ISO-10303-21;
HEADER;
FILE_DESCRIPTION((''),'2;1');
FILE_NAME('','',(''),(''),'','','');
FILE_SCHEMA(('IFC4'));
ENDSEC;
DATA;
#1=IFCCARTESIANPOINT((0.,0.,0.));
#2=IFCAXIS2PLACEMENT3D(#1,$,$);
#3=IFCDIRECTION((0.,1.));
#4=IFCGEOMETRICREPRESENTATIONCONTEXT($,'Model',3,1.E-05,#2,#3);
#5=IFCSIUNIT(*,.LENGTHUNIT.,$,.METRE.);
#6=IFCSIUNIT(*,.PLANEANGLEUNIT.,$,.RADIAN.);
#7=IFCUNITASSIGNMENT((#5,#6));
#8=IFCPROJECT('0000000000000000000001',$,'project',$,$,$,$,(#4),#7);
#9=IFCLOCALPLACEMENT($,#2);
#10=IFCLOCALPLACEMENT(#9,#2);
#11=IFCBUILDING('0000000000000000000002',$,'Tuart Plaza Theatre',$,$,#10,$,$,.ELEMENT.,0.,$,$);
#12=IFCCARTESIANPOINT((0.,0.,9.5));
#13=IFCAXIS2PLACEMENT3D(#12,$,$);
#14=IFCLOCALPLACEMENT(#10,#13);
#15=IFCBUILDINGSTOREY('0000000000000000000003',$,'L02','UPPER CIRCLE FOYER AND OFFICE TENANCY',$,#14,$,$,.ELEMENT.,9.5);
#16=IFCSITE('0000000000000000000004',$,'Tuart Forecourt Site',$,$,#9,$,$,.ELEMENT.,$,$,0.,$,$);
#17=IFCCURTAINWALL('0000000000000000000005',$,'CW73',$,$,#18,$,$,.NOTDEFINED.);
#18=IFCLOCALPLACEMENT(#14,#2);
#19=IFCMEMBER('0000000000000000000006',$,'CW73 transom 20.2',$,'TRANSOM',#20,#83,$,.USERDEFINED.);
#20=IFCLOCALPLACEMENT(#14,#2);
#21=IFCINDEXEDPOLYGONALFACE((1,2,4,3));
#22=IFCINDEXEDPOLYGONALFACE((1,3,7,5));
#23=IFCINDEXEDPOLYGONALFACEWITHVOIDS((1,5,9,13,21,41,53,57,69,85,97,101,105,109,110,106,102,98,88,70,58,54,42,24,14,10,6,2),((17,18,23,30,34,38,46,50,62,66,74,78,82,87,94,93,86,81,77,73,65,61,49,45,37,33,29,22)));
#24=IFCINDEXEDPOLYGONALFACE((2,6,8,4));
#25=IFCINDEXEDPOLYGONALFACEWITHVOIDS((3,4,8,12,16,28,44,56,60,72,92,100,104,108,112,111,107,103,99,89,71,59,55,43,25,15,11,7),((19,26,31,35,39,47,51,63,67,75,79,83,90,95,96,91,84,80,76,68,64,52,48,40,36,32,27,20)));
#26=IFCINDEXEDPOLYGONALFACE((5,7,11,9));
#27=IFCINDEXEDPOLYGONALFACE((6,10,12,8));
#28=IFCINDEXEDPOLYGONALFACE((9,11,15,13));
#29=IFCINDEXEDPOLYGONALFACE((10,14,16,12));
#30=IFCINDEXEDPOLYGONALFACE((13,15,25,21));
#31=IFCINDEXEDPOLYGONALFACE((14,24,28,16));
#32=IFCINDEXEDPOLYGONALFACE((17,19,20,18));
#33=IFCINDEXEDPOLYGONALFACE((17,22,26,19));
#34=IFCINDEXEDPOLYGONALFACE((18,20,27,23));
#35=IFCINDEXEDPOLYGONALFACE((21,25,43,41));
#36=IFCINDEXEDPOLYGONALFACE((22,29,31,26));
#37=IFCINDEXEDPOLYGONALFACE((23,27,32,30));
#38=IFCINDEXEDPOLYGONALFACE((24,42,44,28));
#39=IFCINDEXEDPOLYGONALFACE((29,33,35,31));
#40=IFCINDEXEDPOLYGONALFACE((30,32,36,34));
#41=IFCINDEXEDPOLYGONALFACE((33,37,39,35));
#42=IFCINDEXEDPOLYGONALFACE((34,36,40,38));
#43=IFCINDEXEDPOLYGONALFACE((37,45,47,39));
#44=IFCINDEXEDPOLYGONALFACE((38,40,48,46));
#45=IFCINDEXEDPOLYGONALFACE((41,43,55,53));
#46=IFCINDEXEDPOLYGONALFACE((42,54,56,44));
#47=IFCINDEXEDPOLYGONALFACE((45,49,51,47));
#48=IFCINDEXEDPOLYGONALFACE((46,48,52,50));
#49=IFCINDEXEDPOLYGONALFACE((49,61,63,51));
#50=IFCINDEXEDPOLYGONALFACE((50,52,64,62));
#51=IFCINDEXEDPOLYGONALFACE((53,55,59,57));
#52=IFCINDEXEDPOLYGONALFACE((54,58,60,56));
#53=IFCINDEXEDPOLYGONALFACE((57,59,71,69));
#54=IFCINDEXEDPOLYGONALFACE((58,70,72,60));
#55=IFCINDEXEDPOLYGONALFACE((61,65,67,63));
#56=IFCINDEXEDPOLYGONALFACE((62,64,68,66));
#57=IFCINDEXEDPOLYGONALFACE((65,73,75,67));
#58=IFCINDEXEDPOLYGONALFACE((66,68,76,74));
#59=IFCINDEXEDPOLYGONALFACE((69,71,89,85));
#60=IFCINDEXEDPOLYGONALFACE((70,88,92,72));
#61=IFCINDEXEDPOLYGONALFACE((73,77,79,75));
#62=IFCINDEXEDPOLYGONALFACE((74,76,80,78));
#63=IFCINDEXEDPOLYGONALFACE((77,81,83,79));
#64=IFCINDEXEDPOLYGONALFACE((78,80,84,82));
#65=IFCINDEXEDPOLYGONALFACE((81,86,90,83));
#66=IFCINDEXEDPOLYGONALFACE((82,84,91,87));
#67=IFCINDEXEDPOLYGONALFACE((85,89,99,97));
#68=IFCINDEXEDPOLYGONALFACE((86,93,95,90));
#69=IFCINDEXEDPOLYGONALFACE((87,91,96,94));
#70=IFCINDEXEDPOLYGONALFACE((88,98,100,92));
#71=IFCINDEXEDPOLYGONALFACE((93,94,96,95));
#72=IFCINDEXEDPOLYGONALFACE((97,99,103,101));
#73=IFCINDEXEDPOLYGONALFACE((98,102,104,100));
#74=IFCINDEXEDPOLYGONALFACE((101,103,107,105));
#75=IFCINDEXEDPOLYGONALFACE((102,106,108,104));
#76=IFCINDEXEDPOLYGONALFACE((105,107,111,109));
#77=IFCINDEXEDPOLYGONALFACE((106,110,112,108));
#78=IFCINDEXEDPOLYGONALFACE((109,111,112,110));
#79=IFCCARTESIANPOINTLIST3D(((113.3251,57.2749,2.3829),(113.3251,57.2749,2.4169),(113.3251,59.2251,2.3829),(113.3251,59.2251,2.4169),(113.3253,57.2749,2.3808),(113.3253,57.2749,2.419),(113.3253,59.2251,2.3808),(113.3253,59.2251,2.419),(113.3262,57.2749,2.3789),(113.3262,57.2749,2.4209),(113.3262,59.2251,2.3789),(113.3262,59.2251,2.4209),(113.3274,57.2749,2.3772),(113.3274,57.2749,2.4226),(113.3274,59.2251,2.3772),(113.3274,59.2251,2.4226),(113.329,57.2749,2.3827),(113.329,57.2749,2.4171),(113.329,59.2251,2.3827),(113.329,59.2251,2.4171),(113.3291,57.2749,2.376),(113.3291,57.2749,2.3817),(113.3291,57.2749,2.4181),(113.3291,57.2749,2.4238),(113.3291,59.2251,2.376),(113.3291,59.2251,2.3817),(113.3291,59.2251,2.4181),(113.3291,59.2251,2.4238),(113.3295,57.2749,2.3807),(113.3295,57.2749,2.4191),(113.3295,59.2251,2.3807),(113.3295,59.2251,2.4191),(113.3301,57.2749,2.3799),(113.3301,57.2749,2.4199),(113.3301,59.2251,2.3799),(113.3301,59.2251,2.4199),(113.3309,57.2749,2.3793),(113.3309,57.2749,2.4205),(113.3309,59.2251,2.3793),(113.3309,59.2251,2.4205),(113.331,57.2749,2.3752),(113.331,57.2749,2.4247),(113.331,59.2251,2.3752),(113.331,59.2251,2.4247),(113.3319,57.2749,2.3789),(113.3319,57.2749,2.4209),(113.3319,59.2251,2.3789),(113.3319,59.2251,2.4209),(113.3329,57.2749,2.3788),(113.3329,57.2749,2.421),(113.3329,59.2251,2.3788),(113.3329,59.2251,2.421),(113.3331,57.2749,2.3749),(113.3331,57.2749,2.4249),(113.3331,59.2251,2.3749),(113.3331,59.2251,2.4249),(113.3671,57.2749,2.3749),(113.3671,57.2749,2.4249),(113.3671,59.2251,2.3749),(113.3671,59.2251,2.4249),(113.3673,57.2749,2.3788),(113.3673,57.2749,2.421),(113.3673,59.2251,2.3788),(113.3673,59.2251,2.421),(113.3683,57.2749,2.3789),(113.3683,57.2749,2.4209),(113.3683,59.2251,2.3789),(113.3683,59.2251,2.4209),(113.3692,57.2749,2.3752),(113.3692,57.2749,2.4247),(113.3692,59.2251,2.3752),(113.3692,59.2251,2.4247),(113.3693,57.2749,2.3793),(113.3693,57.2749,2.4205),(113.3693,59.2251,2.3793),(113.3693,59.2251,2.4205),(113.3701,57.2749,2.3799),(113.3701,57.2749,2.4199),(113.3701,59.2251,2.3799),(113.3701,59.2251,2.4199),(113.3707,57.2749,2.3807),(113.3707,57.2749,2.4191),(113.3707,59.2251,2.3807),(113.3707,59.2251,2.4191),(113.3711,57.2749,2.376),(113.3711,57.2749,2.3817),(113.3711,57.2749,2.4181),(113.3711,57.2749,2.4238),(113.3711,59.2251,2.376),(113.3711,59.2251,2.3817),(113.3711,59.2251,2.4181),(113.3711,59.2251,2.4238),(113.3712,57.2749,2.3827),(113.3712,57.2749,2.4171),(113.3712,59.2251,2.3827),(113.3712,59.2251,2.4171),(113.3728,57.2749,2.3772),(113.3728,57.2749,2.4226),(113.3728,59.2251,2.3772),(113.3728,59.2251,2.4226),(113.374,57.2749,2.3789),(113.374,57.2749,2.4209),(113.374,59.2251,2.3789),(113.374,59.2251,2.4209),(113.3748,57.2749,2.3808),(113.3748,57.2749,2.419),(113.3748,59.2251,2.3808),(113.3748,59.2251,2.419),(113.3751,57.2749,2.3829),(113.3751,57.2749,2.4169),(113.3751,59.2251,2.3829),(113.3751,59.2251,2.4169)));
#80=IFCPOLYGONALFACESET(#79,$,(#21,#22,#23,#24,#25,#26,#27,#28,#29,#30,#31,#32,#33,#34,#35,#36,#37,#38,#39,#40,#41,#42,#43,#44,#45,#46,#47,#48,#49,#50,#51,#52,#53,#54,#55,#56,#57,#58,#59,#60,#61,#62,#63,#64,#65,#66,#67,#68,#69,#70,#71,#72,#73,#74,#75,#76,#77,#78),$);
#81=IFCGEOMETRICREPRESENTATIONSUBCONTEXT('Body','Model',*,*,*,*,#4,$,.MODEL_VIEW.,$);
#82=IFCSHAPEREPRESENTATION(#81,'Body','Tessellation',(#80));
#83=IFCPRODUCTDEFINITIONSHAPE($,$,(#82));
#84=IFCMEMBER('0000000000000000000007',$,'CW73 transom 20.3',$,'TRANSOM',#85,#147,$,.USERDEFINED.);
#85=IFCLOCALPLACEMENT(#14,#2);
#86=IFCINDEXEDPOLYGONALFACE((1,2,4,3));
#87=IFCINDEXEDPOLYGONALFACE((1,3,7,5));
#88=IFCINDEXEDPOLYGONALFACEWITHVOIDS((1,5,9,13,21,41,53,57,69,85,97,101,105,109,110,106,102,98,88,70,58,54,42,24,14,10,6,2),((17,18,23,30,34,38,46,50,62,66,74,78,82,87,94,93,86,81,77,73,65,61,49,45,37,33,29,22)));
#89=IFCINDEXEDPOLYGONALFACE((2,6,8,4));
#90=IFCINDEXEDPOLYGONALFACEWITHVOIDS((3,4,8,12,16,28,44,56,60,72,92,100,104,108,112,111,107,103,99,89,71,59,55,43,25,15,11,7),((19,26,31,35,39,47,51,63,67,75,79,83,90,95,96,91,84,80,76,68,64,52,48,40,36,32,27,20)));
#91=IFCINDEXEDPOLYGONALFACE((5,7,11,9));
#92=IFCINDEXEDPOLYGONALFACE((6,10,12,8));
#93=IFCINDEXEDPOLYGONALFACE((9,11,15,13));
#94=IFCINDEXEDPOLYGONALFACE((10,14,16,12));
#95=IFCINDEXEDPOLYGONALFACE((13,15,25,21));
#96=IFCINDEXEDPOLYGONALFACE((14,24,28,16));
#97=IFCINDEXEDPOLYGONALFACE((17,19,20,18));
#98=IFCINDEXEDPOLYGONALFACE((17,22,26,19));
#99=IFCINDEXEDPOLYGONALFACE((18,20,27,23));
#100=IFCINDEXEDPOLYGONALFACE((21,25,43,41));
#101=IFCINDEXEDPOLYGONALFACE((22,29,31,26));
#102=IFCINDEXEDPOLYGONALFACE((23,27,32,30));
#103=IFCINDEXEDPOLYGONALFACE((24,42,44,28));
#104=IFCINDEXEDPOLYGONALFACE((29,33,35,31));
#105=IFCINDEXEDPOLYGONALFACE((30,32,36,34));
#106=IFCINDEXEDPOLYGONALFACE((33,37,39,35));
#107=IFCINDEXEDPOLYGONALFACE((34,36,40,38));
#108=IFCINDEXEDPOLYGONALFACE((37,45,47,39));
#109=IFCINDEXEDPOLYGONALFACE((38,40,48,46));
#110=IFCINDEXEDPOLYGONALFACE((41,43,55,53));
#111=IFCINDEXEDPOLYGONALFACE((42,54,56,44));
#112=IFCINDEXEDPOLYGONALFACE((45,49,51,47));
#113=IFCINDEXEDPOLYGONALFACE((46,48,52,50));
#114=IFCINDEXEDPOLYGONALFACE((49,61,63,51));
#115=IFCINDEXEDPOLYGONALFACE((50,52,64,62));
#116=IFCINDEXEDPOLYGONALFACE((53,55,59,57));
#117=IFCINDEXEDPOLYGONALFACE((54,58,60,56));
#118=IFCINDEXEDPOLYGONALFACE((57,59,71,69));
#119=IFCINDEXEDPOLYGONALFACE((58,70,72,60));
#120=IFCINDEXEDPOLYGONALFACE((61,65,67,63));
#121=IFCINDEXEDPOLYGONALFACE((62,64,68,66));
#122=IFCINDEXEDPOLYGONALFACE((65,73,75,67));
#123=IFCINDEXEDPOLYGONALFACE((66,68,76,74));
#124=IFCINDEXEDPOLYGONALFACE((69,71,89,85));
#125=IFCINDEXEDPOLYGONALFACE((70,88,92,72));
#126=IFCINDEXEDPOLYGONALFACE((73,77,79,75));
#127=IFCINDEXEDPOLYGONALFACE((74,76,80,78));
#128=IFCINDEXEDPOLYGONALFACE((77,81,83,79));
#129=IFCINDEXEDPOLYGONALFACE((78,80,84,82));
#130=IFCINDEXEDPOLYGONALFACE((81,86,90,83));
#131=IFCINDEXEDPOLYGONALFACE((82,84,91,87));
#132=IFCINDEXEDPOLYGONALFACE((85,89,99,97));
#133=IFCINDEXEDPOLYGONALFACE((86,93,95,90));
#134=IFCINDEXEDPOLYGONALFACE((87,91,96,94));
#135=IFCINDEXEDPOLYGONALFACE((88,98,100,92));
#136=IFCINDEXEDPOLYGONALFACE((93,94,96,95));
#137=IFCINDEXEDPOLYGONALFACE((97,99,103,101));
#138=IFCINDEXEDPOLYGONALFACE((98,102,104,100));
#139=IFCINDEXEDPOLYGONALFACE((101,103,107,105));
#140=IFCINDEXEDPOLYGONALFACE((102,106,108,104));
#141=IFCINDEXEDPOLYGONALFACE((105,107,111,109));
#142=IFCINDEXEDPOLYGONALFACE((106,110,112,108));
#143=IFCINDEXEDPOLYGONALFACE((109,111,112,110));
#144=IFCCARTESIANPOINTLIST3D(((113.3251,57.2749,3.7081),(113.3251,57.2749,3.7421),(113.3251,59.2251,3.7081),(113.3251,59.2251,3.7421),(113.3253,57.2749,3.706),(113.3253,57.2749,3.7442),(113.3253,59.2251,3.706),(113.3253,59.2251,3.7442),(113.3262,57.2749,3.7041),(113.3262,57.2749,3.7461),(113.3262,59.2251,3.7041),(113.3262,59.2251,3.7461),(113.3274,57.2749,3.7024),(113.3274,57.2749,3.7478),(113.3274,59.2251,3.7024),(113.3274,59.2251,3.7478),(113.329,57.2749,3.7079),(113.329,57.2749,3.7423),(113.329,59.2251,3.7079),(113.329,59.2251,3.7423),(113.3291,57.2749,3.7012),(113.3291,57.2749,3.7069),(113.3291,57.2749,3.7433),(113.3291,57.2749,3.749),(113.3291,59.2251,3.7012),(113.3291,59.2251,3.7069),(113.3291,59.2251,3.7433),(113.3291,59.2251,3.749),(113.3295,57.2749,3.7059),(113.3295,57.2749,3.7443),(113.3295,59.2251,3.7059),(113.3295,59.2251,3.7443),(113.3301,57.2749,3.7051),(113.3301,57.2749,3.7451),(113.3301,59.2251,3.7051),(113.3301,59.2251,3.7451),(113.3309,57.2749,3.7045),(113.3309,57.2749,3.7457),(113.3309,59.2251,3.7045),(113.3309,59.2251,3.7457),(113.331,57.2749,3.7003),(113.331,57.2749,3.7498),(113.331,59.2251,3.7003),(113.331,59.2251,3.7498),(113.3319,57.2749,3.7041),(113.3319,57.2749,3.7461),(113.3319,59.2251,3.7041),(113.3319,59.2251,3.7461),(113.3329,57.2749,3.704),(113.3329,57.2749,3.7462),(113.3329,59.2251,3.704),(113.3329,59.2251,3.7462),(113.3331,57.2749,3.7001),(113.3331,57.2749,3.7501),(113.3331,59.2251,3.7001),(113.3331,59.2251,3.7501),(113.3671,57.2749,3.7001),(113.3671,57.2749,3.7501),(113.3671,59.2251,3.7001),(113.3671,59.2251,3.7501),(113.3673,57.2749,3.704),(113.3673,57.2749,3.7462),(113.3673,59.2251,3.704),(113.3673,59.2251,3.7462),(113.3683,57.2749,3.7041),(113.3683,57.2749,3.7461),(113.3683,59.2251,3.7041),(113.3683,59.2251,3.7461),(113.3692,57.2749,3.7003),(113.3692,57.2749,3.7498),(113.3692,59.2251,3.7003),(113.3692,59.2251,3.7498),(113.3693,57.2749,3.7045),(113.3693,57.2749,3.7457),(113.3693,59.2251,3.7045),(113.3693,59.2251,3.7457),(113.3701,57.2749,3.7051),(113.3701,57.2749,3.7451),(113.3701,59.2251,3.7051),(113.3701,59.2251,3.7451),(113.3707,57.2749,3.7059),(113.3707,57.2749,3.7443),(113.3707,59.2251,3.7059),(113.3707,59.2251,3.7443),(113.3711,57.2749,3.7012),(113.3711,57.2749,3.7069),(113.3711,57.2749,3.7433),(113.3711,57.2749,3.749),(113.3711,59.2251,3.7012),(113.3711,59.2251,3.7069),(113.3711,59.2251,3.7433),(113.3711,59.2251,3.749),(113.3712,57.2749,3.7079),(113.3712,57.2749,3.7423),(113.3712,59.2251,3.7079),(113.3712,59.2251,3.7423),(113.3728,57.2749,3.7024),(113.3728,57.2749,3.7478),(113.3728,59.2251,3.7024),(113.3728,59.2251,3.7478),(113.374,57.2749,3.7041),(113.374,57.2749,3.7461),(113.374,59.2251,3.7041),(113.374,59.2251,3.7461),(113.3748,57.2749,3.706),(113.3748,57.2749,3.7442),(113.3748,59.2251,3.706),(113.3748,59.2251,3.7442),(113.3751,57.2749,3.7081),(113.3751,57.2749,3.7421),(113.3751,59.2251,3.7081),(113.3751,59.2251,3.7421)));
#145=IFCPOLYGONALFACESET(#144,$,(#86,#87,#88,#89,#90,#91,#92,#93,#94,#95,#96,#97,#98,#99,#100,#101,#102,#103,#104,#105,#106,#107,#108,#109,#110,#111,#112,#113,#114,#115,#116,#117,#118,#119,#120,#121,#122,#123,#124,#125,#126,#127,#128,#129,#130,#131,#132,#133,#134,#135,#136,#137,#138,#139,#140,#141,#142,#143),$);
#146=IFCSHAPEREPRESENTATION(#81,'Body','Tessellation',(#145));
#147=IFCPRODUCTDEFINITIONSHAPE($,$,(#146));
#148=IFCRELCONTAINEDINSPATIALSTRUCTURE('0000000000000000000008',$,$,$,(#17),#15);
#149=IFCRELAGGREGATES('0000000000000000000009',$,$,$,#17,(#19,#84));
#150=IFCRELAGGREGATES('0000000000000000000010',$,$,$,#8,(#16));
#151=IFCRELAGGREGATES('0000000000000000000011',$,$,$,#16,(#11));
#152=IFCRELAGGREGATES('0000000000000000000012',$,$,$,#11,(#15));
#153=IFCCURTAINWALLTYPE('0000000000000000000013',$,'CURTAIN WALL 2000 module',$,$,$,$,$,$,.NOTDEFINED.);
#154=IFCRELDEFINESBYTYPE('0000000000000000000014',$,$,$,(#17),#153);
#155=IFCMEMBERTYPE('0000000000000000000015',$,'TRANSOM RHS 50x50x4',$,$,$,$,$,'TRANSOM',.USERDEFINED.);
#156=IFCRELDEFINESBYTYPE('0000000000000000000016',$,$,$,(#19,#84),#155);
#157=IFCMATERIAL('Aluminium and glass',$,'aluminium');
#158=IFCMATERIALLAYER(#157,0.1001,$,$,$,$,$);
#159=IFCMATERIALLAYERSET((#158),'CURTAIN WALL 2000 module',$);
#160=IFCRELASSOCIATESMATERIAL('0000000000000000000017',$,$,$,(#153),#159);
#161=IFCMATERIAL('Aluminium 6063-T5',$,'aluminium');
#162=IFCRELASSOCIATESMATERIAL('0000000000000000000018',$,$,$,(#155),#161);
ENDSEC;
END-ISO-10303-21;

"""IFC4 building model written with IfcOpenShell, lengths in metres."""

from ifc_helpers import new_model, si_unit, direction, frame, origin, origin_2d, place, context, subcontext, project, spatial, hollow_rectangle, extrude, material, layer, layer_set, material_profile, profile_set, type_object, element, aggregate, save


model = new_model("IFC4")

# Units and contexts
model_context = context("Model", 3, precision=1e-05, world=origin(), true_north=direction((0.0, 1.0)))
body_context = subcontext(model_context, "Body", "Model", "MODEL_VIEW")
ifc_project = project(units=[si_unit("LENGTHUNIT", "METRE"), si_unit("PLANEANGLEUNIT", "RADIAN")], contexts=[model_context])

# Site, building, storey
site_placement = place(None, origin())
site = spatial("IfcSite", under=ifc_project, at=site_placement, Name="Tuart Forecourt Site", CompositionType="ELEMENT", RefElevation=0.0)
building_placement = place(site_placement, origin())
building = spatial("IfcBuilding", under=site, at=building_placement, Name="Tuart Plaza Theatre", CompositionType="ELEMENT", ElevationOfRefHeight=0.0)
storey_placement = place(building_placement, frame((0.0, 0.0, 9.5)))
storey = spatial("IfcBuildingStorey", under=building, at=storey_placement, Name="L02", Description="UPPER CIRCLE FOYER AND OFFICE TENANCY", CompositionType="ELEMENT", Elevation=9.5)

# Curtain wall, members
ifc_material_1 = material(Name="Aluminium and glass", Category="aluminium")
ifc_layer_1 = layer(ifc_material_1, 0.1001)
ifc_layer_set_1 = layer_set([ifc_layer_1], Name="CURTAIN WALL 2000 module")
curtain_wall_type = type_object("IfcCurtainWallType", Name="CURTAIN WALL 2000 module", PredefinedType="NOTDEFINED", material=ifc_layer_set_1)
curtain_wall_placement = place(storey_placement, origin())
curtain_wall = element("IfcCurtainWall", 1, at=curtain_wall_placement, inside=storey, type_object=curtain_wall_type, Name="CW73", PredefinedType="NOTDEFINED")
ifc_material_2 = material(Name="Aluminium 6063-T5", Category="aluminium")
ifc_material_profile_1 = material_profile(ifc_material_2, hollow_rectangle(XDim=0.05, YDim=0.05, WallThickness=0.0039, InnerFilletRadius=0.0039, OuterFilletRadius=0.0081, at=origin_2d()), Name="RHS 50x50x4")
ifc_profile_set_1 = profile_set([ifc_material_profile_1], Name="Aluminium 6063-T5")
member_type_1 = type_object("IfcMemberType", Name="TRANSOM RHS 50x50x4", ElementType="TRANSOM", PredefinedType="USERDEFINED", material=ifc_profile_set_1)
member_1_placement = place(storey_placement, frame((113.3501, 59.2251, 2.3999), z_axis=(0.0, -1.0, 0.0), x_axis=(1.0, 0.0, 0.0)))
member_1 = element("IfcMember", 2, at=member_1_placement, type_object=member_type_1, Name="CW73 transom 20.2", ObjectType="TRANSOM", PredefinedType="USERDEFINED", context=body_context, shape_type="SweptSolid", body=[
    extrude(hollow_rectangle(XDim=0.05, YDim=0.05, WallThickness=0.0039, InnerFilletRadius=0.0039, OuterFilletRadius=0.0081, at=origin_2d()), origin(), (0.0, 0.0, 1.0), 1.9502),
])
member_2_placement = place(storey_placement, frame((113.3501, 59.2251, 3.7251), z_axis=(0.0, -1.0, 0.0), x_axis=(1.0, 0.0, 0.0)))
member_2 = element("IfcMember", 3, at=member_2_placement, type_object=member_type_1, Name="CW73 transom 20.3", ObjectType="TRANSOM", PredefinedType="USERDEFINED", context=body_context, shape_type="SweptSolid", body=[
    extrude(hollow_rectangle(XDim=0.05, YDim=0.05, WallThickness=0.0039, InnerFilletRadius=0.0039, OuterFilletRadius=0.0081, at=origin_2d()), origin(), (0.0, 0.0, 1.0), 1.9502),
])
aggregate(curtain_wall, [member_1, member_2])

save(model, "model.ifc")
